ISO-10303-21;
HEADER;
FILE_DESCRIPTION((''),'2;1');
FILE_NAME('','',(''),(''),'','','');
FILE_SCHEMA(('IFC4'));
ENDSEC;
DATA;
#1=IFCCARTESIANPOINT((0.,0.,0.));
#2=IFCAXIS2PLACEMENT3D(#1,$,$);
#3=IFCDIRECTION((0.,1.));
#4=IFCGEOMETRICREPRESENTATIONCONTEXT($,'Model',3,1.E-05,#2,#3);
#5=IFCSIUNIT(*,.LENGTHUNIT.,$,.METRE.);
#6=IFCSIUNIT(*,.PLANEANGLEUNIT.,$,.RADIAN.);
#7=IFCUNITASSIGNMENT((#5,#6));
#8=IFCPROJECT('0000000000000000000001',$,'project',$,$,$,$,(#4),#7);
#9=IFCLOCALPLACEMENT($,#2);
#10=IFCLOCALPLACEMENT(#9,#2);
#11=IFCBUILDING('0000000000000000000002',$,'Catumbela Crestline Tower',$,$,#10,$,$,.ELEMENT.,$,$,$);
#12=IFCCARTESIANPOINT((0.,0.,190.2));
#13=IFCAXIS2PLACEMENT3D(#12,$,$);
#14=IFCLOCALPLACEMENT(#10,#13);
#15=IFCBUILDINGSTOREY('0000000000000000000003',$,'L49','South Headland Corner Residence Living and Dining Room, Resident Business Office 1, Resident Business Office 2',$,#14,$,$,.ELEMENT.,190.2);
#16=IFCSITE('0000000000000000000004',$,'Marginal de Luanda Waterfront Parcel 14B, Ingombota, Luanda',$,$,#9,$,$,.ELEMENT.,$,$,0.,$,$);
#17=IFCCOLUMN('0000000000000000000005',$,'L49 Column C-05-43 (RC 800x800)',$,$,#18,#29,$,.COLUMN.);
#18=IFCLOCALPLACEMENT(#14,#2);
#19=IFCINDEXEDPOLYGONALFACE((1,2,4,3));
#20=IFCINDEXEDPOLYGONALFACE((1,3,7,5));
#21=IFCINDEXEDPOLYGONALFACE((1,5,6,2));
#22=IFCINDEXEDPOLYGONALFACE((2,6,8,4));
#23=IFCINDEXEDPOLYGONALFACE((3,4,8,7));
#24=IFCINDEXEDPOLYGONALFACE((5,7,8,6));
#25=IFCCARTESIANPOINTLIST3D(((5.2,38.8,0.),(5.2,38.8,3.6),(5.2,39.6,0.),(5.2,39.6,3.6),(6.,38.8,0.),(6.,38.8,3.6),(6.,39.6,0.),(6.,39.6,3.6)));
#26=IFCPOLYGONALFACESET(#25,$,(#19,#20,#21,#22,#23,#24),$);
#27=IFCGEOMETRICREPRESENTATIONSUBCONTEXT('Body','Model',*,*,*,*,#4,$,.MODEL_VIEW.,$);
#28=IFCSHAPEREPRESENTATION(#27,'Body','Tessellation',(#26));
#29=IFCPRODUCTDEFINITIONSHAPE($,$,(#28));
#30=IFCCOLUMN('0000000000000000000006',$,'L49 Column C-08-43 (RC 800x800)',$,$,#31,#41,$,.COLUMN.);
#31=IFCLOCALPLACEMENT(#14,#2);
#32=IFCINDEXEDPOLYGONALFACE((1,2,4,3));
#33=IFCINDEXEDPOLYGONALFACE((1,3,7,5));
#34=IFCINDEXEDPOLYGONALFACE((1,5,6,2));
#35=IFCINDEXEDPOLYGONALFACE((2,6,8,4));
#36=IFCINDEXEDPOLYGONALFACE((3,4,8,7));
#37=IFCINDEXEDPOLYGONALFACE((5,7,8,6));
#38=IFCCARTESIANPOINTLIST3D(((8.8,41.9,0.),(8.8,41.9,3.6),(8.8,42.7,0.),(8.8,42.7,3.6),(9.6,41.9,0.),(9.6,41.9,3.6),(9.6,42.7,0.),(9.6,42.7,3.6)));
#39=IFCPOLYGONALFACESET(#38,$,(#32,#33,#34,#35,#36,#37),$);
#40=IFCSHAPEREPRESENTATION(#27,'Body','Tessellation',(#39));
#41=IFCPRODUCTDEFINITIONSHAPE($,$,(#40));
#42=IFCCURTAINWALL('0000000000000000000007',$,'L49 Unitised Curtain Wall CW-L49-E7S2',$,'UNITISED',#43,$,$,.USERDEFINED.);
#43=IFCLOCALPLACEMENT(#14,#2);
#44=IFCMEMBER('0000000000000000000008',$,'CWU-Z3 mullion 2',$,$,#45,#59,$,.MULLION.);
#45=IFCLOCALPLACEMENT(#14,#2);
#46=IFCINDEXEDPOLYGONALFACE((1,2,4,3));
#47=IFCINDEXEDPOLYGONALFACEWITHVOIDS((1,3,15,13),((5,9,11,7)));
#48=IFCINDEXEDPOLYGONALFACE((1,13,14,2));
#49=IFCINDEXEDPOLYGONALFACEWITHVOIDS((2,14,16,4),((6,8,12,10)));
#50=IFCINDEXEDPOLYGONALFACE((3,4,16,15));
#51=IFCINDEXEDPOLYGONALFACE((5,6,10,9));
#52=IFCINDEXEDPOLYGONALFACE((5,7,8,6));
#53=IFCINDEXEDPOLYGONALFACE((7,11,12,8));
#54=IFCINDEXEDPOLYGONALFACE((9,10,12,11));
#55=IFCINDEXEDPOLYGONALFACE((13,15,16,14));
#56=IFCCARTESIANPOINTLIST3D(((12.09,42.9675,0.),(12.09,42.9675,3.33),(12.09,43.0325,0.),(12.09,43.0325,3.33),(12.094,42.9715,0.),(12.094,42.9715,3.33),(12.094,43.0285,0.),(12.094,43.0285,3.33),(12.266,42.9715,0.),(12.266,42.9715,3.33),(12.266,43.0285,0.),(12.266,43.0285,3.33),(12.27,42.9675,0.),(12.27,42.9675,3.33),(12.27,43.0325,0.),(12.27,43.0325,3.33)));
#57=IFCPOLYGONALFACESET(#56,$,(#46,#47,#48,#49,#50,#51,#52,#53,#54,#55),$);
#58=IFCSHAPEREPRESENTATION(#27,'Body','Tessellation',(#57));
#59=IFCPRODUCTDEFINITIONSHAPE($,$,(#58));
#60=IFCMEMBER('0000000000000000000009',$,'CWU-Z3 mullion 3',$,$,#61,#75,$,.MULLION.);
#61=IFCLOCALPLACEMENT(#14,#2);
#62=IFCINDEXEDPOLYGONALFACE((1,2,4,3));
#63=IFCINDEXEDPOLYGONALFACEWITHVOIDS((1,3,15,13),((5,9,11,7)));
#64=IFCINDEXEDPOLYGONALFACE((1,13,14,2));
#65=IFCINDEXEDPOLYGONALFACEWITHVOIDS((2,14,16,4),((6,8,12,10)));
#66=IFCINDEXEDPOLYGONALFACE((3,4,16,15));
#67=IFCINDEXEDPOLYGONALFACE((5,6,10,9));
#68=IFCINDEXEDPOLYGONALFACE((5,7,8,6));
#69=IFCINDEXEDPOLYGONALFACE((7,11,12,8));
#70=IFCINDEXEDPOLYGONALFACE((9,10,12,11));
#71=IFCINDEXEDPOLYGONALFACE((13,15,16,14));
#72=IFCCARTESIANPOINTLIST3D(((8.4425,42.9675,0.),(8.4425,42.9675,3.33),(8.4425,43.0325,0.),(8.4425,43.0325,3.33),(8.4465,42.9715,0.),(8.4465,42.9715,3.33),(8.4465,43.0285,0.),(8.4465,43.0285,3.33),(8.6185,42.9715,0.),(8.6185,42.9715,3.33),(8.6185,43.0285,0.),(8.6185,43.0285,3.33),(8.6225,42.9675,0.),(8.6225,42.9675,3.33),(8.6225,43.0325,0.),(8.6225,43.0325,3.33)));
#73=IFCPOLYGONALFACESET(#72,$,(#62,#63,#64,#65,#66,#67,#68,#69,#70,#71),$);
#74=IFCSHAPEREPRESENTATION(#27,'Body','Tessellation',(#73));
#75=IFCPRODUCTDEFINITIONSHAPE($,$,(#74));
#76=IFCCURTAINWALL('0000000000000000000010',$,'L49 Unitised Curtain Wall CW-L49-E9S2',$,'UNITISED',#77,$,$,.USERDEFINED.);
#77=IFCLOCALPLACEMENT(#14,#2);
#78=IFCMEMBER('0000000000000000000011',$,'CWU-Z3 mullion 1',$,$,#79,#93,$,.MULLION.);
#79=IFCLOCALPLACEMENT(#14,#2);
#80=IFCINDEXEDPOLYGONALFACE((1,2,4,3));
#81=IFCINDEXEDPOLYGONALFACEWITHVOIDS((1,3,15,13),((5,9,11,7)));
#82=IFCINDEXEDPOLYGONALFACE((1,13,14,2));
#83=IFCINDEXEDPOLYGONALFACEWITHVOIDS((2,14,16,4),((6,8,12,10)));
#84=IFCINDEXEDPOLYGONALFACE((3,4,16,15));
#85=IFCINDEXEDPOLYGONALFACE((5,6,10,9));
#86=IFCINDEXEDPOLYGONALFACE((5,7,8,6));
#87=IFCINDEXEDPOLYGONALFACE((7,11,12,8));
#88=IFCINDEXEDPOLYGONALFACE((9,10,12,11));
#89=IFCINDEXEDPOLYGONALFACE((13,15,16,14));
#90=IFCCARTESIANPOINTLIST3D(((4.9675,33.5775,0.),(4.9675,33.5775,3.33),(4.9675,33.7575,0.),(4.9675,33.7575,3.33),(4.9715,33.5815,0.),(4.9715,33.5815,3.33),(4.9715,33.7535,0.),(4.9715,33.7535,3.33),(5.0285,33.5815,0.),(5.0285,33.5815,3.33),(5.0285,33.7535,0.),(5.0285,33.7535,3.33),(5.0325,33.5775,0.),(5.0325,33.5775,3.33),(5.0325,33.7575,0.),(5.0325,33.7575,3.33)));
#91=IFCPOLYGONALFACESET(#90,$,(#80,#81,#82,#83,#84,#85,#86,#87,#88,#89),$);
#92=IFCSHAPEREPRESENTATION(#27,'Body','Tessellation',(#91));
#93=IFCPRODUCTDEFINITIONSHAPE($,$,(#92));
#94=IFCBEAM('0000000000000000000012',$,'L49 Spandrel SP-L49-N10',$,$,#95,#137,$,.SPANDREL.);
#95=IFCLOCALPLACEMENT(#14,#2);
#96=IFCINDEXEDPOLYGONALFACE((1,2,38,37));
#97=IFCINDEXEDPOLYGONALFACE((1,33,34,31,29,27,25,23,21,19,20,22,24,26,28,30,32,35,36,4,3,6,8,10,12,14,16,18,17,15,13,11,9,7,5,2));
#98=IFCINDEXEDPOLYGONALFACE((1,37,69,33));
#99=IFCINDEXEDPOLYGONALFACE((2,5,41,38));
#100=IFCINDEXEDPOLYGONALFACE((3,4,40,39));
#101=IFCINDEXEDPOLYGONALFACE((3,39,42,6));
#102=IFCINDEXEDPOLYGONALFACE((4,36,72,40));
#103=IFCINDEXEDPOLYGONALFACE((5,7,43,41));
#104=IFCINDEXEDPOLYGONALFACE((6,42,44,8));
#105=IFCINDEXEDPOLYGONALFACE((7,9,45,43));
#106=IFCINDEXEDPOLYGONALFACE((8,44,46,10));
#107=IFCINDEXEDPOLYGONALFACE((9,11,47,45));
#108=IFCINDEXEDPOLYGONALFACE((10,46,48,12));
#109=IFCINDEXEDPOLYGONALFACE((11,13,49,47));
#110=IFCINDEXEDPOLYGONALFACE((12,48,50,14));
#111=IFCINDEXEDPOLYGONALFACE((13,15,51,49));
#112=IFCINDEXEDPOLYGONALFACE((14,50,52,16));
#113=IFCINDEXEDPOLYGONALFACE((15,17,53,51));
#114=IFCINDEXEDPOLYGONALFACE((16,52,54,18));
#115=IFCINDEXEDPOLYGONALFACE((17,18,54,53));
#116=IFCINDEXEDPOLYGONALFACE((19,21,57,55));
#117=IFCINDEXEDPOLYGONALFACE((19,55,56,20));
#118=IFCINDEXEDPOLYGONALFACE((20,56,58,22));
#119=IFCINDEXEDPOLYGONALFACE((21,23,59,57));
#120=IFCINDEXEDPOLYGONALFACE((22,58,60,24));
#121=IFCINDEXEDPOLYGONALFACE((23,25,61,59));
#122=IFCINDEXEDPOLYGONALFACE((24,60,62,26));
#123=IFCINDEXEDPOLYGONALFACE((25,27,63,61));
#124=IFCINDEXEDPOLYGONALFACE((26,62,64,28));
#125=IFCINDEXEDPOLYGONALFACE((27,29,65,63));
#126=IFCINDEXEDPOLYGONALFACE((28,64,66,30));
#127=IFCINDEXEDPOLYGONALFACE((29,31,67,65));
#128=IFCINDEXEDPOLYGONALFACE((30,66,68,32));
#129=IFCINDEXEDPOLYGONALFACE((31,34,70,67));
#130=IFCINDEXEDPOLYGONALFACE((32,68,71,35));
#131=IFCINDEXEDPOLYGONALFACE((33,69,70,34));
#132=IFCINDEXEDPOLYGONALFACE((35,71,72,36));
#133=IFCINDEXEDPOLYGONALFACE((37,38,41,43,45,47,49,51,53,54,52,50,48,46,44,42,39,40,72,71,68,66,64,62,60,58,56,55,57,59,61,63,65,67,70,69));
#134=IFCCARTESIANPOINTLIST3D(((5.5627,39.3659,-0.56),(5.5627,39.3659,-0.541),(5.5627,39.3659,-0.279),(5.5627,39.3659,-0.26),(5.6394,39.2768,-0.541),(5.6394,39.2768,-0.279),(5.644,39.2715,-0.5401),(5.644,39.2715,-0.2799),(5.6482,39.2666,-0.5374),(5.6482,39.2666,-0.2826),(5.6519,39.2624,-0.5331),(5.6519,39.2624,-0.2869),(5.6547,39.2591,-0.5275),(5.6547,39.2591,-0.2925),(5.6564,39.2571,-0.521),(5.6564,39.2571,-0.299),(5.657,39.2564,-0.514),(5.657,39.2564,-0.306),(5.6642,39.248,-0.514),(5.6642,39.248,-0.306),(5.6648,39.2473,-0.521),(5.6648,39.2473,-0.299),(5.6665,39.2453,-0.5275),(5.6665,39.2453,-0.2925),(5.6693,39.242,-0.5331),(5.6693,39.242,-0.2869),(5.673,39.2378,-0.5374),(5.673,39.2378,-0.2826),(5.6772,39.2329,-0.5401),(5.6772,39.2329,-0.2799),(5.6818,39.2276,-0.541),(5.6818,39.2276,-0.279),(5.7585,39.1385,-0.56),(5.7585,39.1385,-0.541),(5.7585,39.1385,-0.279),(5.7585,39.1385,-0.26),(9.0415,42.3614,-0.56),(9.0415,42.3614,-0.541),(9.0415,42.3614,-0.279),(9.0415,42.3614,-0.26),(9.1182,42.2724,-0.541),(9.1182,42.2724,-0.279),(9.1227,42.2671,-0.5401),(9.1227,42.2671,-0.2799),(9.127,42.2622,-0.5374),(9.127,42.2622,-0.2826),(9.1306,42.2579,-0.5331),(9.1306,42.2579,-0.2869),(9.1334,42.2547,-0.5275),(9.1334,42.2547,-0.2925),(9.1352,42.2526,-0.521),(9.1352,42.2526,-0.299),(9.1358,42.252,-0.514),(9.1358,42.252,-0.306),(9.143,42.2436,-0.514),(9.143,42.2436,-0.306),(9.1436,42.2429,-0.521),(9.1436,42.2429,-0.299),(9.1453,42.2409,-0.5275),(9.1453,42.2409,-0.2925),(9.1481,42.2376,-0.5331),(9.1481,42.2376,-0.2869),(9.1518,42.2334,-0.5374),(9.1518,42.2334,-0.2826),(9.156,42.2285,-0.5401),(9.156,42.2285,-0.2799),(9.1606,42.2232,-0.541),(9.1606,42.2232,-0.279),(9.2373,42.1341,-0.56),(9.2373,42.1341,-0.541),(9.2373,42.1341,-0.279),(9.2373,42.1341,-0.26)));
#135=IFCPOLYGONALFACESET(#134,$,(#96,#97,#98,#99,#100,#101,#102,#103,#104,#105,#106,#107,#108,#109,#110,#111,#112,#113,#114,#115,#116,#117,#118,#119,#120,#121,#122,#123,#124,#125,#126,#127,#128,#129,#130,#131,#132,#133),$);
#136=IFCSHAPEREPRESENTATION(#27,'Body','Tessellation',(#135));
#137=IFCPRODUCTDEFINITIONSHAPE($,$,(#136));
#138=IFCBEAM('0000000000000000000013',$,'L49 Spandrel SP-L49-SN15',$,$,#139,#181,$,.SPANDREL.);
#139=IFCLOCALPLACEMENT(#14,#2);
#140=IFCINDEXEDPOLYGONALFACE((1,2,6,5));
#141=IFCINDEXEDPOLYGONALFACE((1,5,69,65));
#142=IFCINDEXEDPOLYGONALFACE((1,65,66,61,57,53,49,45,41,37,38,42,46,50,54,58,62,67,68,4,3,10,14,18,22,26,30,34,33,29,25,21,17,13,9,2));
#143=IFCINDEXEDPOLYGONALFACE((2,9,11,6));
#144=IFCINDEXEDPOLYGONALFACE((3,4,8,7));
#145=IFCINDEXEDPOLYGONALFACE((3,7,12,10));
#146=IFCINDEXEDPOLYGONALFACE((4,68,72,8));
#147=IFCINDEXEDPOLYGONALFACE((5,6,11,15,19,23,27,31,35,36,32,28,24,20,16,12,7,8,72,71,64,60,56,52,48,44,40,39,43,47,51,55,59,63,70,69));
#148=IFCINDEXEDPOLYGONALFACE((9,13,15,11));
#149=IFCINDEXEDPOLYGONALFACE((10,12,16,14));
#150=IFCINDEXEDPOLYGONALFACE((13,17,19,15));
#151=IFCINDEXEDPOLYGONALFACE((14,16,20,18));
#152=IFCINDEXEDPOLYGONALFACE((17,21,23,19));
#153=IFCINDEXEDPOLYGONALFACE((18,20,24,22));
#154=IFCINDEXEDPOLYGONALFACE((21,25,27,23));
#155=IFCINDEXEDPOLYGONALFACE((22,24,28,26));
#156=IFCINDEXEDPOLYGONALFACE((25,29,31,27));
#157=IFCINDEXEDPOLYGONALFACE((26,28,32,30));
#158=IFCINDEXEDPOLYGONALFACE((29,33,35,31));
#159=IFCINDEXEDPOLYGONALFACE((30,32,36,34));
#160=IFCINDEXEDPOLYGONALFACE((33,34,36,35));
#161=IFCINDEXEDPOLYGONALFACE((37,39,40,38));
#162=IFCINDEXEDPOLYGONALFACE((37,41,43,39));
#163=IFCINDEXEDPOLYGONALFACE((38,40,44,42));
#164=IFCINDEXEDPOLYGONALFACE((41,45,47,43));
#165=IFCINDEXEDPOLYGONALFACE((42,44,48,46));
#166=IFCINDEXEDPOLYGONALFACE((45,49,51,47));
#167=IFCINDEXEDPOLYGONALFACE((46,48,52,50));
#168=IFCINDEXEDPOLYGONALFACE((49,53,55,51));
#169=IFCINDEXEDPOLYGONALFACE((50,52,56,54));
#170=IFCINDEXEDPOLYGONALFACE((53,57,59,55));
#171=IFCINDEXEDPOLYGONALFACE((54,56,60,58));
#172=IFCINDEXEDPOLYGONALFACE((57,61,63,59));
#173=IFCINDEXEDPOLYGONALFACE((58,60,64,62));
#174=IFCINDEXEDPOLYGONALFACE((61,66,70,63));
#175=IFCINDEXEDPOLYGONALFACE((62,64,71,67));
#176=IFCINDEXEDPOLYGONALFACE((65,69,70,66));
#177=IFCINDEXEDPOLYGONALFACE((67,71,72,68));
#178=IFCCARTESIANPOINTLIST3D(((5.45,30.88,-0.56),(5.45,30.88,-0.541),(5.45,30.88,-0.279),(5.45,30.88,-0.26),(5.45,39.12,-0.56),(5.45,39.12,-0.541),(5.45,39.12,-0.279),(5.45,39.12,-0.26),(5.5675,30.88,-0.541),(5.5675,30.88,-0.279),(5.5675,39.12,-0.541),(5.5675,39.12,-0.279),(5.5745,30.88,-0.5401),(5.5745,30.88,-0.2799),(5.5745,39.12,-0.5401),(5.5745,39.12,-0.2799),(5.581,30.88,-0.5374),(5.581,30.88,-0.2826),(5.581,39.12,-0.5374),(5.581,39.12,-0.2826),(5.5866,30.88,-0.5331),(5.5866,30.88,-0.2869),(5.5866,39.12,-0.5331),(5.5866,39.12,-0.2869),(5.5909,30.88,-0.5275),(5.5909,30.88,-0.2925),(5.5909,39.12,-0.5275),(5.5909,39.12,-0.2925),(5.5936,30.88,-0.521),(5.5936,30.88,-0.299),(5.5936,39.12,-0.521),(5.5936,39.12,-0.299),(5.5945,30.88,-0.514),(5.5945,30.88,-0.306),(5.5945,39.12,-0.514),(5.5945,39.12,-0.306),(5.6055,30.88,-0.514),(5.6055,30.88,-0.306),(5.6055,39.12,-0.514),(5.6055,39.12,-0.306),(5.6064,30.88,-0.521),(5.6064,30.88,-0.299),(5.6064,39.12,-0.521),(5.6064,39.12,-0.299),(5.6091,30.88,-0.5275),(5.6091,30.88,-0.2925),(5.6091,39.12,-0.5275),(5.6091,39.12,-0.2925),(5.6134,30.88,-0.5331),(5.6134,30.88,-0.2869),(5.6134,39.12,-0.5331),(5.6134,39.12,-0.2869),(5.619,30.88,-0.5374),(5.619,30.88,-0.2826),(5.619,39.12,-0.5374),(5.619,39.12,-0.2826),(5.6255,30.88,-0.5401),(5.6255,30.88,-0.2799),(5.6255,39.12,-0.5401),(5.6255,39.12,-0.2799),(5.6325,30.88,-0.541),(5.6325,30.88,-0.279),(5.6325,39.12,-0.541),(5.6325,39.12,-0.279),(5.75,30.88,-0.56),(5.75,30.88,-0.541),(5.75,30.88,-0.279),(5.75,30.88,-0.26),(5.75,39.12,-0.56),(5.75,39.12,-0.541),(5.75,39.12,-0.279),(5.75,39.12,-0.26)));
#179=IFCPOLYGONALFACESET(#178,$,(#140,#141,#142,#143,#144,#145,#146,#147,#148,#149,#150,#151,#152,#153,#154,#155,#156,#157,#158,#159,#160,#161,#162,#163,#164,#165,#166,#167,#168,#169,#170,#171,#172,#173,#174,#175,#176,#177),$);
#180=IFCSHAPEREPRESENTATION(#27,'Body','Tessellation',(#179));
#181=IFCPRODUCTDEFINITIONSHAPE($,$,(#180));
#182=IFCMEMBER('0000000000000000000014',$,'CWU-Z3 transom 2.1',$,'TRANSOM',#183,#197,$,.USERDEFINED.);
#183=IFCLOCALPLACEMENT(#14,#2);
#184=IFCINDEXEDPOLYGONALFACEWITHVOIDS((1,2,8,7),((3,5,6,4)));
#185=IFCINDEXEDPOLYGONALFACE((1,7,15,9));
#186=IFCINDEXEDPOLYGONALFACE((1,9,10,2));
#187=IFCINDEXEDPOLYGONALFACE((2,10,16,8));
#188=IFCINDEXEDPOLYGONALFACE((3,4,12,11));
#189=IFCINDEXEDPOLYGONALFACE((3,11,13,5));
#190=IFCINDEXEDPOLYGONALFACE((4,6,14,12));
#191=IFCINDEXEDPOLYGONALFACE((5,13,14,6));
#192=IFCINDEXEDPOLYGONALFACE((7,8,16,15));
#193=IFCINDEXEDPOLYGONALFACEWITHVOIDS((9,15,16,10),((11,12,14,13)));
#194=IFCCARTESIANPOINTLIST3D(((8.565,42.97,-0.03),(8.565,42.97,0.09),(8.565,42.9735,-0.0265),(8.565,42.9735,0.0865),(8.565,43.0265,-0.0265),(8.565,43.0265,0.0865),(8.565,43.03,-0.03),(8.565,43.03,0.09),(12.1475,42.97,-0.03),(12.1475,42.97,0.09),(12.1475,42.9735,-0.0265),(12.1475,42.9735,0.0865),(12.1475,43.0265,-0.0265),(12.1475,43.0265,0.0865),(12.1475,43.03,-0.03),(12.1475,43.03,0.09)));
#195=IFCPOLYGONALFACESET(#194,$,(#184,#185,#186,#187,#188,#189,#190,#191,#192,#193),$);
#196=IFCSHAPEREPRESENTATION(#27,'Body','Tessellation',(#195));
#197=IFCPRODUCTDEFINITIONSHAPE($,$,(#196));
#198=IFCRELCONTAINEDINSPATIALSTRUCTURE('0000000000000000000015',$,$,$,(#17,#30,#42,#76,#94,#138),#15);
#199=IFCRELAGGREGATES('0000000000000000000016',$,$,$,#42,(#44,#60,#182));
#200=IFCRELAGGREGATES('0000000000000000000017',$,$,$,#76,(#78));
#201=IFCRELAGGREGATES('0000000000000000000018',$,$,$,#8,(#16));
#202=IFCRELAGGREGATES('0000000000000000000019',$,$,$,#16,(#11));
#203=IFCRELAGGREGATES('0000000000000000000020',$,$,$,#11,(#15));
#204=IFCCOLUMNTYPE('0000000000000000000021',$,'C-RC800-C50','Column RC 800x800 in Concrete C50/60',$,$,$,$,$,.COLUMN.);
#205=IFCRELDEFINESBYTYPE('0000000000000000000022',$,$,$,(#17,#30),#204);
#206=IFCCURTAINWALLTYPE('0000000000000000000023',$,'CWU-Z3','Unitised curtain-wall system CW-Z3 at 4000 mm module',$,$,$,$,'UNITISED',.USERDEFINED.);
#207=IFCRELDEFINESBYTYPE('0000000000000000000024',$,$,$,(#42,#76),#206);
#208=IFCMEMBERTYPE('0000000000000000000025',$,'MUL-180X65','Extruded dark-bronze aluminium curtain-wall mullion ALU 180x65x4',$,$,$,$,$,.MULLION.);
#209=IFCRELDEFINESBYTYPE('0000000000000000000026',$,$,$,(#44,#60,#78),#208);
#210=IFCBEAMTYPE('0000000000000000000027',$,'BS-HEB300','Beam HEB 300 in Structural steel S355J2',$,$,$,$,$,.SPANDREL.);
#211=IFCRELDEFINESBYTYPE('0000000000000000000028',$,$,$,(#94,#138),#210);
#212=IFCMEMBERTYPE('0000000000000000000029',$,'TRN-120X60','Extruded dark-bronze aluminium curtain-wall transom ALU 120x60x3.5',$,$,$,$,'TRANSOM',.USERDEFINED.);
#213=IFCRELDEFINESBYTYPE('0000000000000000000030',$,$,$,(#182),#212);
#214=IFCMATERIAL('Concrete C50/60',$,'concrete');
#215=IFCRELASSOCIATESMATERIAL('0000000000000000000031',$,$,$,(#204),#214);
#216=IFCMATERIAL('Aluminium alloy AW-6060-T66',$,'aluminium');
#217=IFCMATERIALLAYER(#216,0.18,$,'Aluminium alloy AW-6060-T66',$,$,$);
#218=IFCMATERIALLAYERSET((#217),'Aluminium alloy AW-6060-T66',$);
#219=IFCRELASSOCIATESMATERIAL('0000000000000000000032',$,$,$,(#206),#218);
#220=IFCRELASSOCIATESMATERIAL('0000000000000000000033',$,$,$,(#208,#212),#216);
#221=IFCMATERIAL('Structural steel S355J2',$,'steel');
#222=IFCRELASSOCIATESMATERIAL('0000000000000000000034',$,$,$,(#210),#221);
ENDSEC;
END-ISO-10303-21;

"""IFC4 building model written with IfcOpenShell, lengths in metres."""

from ifc_helpers import new_model, si_unit, direction, frame, origin, origin_2d, place, context, subcontext, project, spatial, rectangle, hollow_rectangle, i_section, extrude, material, layer, layer_set, material_profile, profile_set, type_object, element, aggregate, save


model = new_model("IFC4")

# Units and contexts
model_context = context("Model", 3, precision=1e-05, world=origin(), true_north=direction((0.0, 1.0)))
body_context = subcontext(model_context, "Body", "Model", "MODEL_VIEW")
ifc_project = project(units=[si_unit("LENGTHUNIT", "METRE"), si_unit("PLANEANGLEUNIT", "RADIAN")], contexts=[model_context])

# Site, building, storey
site_placement = place(None, origin())
site = spatial("IfcSite", under=ifc_project, at=site_placement, Name="Marginal de Luanda Waterfront Parcel 14B, Ingombota, Luanda", CompositionType="ELEMENT", RefElevation=0.0)
building_placement = place(site_placement, origin())
building = spatial("IfcBuilding", under=site, at=building_placement, Name="Catumbela Crestline Tower", CompositionType="ELEMENT")
storey_placement = place(building_placement, frame((0.0, 0.0, 190.2)))
storey = spatial("IfcBuildingStorey", under=building, at=storey_placement, Name="L49", Description="South Headland Corner Residence Living and Dining Room, Resident Business Office 1, Resident Business Office 2", CompositionType="ELEMENT", Elevation=190.2)

# Columns
ifc_material_1 = material(Name="Concrete C50/60", Category="concrete")
ifc_material_profile_1 = material_profile(ifc_material_1, rectangle(XDim=0.8, YDim=0.8, at=origin_2d()), Name="RC 800x800")
ifc_profile_set_1 = profile_set([ifc_material_profile_1], Name="Concrete C50/60")
column_type = type_object("IfcColumnType", Name="C-RC800-C50", Description="Column RC 800x800 in Concrete C50/60", PredefinedType="COLUMN", material=ifc_profile_set_1)
for number, where, z_axis, x_axis, name in (
    (1, (5.6, 39.2, 0.0), (0.0, 0.0, 1.0), (1.0, 0.0, 0.0), "L49 Column C-05-43 (RC 800x800)"),
    (2, (9.2, 42.3, 0.0), (0.0, 0.0, 1.0), (1.0, 0.0, 0.0), "L49 Column C-08-43 (RC 800x800)"),
):
    element("IfcColumn", number, at=place(storey_placement, frame(where, z_axis=z_axis, x_axis=x_axis)), inside=storey, type_object=column_type, Name=name, PredefinedType="COLUMN", context=body_context, shape_type="SweptSolid", body=[
        extrude(rectangle(XDim=0.8, YDim=0.8, at=origin_2d()), origin(), (0.0, 0.0, 1.0), 3.6),
    ])

# Curtain wall, members
ifc_material_2 = material(Name="Aluminium alloy AW-6060-T66", Category="aluminium")
ifc_layer_1 = layer(ifc_material_2, 0.18, Name="Aluminium alloy AW-6060-T66")
ifc_layer_set_1 = layer_set([ifc_layer_1], Name="Aluminium alloy AW-6060-T66")
curtain_wall_type = type_object("IfcCurtainWallType", Name="CWU-Z3", Description="Unitised curtain-wall system CW-Z3 at 4000 mm module", ElementType="UNITISED", PredefinedType="USERDEFINED", material=ifc_layer_set_1)
curtain_wall_1_placement = place(storey_placement, origin())
curtain_wall_1 = element("IfcCurtainWall", 3, at=curtain_wall_1_placement, inside=storey, type_object=curtain_wall_type, Name="L49 Unitised Curtain Wall CW-L49-E7S2", ObjectType="UNITISED", PredefinedType="USERDEFINED")
ifc_material_profile_2 = material_profile(ifc_material_2, hollow_rectangle(XDim=0.065, YDim=0.18, WallThickness=0.004, at=origin_2d()), Name="ALU 180x65x4")
ifc_profile_set_2 = profile_set([ifc_material_profile_2], Name="Aluminium alloy AW-6060-T66")
member_type_1 = type_object("IfcMemberType", Name="MUL-180X65", Description="Extruded dark-bronze aluminium curtain-wall mullion ALU 180x65x4", PredefinedType="MULLION", material=ifc_profile_set_2)
member_1_placement = place(storey_placement, frame((12.18, 43.0, 0.0), z_axis=(0.0, 0.0, 1.0), x_axis=(0.0, -1.0, 0.0)))
member_1 = element("IfcMember", 4, at=member_1_placement, type_object=member_type_1, Name="CWU-Z3 mullion 2", PredefinedType="MULLION", context=body_context, shape_type="SweptSolid", body=[
    extrude(hollow_rectangle(XDim=0.065, YDim=0.18, WallThickness=0.004, at=origin_2d()), origin(), (0.0, 0.0, 1.0), 3.33),
])
member_2_placement = place(storey_placement, frame((8.5325, 43.0, 0.0), z_axis=(0.0, 0.0, 1.0), x_axis=(0.0, -1.0, 0.0)))
member_2 = element("IfcMember", 5, at=member_2_placement, type_object=member_type_1, Name="CWU-Z3 mullion 3", PredefinedType="MULLION", context=body_context, shape_type="SweptSolid", body=[
    extrude(hollow_rectangle(XDim=0.065, YDim=0.18, WallThickness=0.004, at=origin_2d()), origin(), (0.0, 0.0, 1.0), 3.33),
])

# Curtain wall, member
curtain_wall_2_placement = place(storey_placement, origin())
curtain_wall_2 = element("IfcCurtainWall", 6, at=curtain_wall_2_placement, inside=storey, type_object=curtain_wall_type, Name="L49 Unitised Curtain Wall CW-L49-E9S2", ObjectType="UNITISED", PredefinedType="USERDEFINED")
member_3_placement = place(storey_placement, frame((5.0, 33.6675, 0.0), z_axis=(0.0, 0.0, 1.0), x_axis=(1.0, 0.0, 0.0)))
member_3 = element("IfcMember", 7, at=member_3_placement, type_object=member_type_1, Name="CWU-Z3 mullion 1", PredefinedType="MULLION", context=body_context, shape_type="SweptSolid", body=[
    extrude(hollow_rectangle(XDim=0.065, YDim=0.18, WallThickness=0.004, at=origin_2d()), origin(), (0.0, 0.0, 1.0), 3.33),
])

# Beams
ifc_material_3 = material(Name="Structural steel S355J2", Category="steel")
ifc_material_profile_3 = material_profile(ifc_material_3, i_section(OverallWidth=0.3, OverallDepth=0.3, WebThickness=0.011, FlangeThickness=0.019, FilletRadius=0.027, at=origin_2d()), Name="HEB 300")
ifc_profile_set_3 = profile_set([ifc_material_profile_3], Name="Structural steel S355J2")
beam_type = type_object("IfcBeamType", Name="BS-HEB300", Description="Beam HEB 300 in Structural steel S355J2", PredefinedType="SPANDREL", material=ifc_profile_set_3)
beam_1_placement = place(storey_placement, frame((5.6606, 39.2522, -0.41), z_axis=(0.757772, 0.652519, 0.0), x_axis=(-0.652519, 0.757772, 0.0)))
element("IfcBeam", 8, at=beam_1_placement, inside=storey, type_object=beam_type, Name="L49 Spandrel SP-L49-N10", PredefinedType="SPANDREL", context=body_context, shape_type="SweptSolid", body=[
    extrude(i_section(OverallWidth=0.3, OverallDepth=0.3, WebThickness=0.011, FlangeThickness=0.019, FilletRadius=0.027, at=origin_2d()), origin(), (0.0, 0.0, 1.0), 4.5908),
])
beam_2_placement = place(storey_placement, frame((5.6, 30.88, -0.41), z_axis=(0.0, 1.0, 0.0), x_axis=(-1.0, 0.0, 0.0)))
element("IfcBeam", 9, at=beam_2_placement, inside=storey, type_object=beam_type, Name="L49 Spandrel SP-L49-SN15", PredefinedType="SPANDREL", context=body_context, shape_type="SweptSolid", body=[
    extrude(i_section(OverallWidth=0.3, OverallDepth=0.3, WebThickness=0.011, FlangeThickness=0.019, FilletRadius=0.027, at=origin_2d()), origin(), (0.0, 0.0, 1.0), 8.24),
])

# Member
ifc_material_profile_4 = material_profile(ifc_material_2, hollow_rectangle(XDim=0.06, YDim=0.12, WallThickness=0.0035, at=origin_2d()), Name="ALU 120x60x3.5")
ifc_profile_set_4 = profile_set([ifc_material_profile_4], Name="Aluminium alloy AW-6060-T66")
member_type_2 = type_object("IfcMemberType", Name="TRN-120X60", Description="Extruded dark-bronze aluminium curtain-wall transom ALU 120x60x3.5", ElementType="TRANSOM", PredefinedType="USERDEFINED", material=ifc_profile_set_4)
member_4_placement = place(storey_placement, frame((12.1475, 43.0, 0.03), z_axis=(-1.0, 0.0, 0.0), x_axis=(0.0, -1.0, 0.0)))
member_4 = element("IfcMember", 10, at=member_4_placement, type_object=member_type_2, Name="CWU-Z3 transom 2.1", ObjectType="TRANSOM", PredefinedType="USERDEFINED", context=body_context, shape_type="SweptSolid", body=[
    extrude(hollow_rectangle(XDim=0.06, YDim=0.12, WallThickness=0.0035, at=origin_2d()), origin(), (0.0, 0.0, 1.0), 3.5825),
])

aggregate(curtain_wall_1, [member_1, member_2, member_4])
aggregate(curtain_wall_2, [member_3])

save(model, "model.ifc")
